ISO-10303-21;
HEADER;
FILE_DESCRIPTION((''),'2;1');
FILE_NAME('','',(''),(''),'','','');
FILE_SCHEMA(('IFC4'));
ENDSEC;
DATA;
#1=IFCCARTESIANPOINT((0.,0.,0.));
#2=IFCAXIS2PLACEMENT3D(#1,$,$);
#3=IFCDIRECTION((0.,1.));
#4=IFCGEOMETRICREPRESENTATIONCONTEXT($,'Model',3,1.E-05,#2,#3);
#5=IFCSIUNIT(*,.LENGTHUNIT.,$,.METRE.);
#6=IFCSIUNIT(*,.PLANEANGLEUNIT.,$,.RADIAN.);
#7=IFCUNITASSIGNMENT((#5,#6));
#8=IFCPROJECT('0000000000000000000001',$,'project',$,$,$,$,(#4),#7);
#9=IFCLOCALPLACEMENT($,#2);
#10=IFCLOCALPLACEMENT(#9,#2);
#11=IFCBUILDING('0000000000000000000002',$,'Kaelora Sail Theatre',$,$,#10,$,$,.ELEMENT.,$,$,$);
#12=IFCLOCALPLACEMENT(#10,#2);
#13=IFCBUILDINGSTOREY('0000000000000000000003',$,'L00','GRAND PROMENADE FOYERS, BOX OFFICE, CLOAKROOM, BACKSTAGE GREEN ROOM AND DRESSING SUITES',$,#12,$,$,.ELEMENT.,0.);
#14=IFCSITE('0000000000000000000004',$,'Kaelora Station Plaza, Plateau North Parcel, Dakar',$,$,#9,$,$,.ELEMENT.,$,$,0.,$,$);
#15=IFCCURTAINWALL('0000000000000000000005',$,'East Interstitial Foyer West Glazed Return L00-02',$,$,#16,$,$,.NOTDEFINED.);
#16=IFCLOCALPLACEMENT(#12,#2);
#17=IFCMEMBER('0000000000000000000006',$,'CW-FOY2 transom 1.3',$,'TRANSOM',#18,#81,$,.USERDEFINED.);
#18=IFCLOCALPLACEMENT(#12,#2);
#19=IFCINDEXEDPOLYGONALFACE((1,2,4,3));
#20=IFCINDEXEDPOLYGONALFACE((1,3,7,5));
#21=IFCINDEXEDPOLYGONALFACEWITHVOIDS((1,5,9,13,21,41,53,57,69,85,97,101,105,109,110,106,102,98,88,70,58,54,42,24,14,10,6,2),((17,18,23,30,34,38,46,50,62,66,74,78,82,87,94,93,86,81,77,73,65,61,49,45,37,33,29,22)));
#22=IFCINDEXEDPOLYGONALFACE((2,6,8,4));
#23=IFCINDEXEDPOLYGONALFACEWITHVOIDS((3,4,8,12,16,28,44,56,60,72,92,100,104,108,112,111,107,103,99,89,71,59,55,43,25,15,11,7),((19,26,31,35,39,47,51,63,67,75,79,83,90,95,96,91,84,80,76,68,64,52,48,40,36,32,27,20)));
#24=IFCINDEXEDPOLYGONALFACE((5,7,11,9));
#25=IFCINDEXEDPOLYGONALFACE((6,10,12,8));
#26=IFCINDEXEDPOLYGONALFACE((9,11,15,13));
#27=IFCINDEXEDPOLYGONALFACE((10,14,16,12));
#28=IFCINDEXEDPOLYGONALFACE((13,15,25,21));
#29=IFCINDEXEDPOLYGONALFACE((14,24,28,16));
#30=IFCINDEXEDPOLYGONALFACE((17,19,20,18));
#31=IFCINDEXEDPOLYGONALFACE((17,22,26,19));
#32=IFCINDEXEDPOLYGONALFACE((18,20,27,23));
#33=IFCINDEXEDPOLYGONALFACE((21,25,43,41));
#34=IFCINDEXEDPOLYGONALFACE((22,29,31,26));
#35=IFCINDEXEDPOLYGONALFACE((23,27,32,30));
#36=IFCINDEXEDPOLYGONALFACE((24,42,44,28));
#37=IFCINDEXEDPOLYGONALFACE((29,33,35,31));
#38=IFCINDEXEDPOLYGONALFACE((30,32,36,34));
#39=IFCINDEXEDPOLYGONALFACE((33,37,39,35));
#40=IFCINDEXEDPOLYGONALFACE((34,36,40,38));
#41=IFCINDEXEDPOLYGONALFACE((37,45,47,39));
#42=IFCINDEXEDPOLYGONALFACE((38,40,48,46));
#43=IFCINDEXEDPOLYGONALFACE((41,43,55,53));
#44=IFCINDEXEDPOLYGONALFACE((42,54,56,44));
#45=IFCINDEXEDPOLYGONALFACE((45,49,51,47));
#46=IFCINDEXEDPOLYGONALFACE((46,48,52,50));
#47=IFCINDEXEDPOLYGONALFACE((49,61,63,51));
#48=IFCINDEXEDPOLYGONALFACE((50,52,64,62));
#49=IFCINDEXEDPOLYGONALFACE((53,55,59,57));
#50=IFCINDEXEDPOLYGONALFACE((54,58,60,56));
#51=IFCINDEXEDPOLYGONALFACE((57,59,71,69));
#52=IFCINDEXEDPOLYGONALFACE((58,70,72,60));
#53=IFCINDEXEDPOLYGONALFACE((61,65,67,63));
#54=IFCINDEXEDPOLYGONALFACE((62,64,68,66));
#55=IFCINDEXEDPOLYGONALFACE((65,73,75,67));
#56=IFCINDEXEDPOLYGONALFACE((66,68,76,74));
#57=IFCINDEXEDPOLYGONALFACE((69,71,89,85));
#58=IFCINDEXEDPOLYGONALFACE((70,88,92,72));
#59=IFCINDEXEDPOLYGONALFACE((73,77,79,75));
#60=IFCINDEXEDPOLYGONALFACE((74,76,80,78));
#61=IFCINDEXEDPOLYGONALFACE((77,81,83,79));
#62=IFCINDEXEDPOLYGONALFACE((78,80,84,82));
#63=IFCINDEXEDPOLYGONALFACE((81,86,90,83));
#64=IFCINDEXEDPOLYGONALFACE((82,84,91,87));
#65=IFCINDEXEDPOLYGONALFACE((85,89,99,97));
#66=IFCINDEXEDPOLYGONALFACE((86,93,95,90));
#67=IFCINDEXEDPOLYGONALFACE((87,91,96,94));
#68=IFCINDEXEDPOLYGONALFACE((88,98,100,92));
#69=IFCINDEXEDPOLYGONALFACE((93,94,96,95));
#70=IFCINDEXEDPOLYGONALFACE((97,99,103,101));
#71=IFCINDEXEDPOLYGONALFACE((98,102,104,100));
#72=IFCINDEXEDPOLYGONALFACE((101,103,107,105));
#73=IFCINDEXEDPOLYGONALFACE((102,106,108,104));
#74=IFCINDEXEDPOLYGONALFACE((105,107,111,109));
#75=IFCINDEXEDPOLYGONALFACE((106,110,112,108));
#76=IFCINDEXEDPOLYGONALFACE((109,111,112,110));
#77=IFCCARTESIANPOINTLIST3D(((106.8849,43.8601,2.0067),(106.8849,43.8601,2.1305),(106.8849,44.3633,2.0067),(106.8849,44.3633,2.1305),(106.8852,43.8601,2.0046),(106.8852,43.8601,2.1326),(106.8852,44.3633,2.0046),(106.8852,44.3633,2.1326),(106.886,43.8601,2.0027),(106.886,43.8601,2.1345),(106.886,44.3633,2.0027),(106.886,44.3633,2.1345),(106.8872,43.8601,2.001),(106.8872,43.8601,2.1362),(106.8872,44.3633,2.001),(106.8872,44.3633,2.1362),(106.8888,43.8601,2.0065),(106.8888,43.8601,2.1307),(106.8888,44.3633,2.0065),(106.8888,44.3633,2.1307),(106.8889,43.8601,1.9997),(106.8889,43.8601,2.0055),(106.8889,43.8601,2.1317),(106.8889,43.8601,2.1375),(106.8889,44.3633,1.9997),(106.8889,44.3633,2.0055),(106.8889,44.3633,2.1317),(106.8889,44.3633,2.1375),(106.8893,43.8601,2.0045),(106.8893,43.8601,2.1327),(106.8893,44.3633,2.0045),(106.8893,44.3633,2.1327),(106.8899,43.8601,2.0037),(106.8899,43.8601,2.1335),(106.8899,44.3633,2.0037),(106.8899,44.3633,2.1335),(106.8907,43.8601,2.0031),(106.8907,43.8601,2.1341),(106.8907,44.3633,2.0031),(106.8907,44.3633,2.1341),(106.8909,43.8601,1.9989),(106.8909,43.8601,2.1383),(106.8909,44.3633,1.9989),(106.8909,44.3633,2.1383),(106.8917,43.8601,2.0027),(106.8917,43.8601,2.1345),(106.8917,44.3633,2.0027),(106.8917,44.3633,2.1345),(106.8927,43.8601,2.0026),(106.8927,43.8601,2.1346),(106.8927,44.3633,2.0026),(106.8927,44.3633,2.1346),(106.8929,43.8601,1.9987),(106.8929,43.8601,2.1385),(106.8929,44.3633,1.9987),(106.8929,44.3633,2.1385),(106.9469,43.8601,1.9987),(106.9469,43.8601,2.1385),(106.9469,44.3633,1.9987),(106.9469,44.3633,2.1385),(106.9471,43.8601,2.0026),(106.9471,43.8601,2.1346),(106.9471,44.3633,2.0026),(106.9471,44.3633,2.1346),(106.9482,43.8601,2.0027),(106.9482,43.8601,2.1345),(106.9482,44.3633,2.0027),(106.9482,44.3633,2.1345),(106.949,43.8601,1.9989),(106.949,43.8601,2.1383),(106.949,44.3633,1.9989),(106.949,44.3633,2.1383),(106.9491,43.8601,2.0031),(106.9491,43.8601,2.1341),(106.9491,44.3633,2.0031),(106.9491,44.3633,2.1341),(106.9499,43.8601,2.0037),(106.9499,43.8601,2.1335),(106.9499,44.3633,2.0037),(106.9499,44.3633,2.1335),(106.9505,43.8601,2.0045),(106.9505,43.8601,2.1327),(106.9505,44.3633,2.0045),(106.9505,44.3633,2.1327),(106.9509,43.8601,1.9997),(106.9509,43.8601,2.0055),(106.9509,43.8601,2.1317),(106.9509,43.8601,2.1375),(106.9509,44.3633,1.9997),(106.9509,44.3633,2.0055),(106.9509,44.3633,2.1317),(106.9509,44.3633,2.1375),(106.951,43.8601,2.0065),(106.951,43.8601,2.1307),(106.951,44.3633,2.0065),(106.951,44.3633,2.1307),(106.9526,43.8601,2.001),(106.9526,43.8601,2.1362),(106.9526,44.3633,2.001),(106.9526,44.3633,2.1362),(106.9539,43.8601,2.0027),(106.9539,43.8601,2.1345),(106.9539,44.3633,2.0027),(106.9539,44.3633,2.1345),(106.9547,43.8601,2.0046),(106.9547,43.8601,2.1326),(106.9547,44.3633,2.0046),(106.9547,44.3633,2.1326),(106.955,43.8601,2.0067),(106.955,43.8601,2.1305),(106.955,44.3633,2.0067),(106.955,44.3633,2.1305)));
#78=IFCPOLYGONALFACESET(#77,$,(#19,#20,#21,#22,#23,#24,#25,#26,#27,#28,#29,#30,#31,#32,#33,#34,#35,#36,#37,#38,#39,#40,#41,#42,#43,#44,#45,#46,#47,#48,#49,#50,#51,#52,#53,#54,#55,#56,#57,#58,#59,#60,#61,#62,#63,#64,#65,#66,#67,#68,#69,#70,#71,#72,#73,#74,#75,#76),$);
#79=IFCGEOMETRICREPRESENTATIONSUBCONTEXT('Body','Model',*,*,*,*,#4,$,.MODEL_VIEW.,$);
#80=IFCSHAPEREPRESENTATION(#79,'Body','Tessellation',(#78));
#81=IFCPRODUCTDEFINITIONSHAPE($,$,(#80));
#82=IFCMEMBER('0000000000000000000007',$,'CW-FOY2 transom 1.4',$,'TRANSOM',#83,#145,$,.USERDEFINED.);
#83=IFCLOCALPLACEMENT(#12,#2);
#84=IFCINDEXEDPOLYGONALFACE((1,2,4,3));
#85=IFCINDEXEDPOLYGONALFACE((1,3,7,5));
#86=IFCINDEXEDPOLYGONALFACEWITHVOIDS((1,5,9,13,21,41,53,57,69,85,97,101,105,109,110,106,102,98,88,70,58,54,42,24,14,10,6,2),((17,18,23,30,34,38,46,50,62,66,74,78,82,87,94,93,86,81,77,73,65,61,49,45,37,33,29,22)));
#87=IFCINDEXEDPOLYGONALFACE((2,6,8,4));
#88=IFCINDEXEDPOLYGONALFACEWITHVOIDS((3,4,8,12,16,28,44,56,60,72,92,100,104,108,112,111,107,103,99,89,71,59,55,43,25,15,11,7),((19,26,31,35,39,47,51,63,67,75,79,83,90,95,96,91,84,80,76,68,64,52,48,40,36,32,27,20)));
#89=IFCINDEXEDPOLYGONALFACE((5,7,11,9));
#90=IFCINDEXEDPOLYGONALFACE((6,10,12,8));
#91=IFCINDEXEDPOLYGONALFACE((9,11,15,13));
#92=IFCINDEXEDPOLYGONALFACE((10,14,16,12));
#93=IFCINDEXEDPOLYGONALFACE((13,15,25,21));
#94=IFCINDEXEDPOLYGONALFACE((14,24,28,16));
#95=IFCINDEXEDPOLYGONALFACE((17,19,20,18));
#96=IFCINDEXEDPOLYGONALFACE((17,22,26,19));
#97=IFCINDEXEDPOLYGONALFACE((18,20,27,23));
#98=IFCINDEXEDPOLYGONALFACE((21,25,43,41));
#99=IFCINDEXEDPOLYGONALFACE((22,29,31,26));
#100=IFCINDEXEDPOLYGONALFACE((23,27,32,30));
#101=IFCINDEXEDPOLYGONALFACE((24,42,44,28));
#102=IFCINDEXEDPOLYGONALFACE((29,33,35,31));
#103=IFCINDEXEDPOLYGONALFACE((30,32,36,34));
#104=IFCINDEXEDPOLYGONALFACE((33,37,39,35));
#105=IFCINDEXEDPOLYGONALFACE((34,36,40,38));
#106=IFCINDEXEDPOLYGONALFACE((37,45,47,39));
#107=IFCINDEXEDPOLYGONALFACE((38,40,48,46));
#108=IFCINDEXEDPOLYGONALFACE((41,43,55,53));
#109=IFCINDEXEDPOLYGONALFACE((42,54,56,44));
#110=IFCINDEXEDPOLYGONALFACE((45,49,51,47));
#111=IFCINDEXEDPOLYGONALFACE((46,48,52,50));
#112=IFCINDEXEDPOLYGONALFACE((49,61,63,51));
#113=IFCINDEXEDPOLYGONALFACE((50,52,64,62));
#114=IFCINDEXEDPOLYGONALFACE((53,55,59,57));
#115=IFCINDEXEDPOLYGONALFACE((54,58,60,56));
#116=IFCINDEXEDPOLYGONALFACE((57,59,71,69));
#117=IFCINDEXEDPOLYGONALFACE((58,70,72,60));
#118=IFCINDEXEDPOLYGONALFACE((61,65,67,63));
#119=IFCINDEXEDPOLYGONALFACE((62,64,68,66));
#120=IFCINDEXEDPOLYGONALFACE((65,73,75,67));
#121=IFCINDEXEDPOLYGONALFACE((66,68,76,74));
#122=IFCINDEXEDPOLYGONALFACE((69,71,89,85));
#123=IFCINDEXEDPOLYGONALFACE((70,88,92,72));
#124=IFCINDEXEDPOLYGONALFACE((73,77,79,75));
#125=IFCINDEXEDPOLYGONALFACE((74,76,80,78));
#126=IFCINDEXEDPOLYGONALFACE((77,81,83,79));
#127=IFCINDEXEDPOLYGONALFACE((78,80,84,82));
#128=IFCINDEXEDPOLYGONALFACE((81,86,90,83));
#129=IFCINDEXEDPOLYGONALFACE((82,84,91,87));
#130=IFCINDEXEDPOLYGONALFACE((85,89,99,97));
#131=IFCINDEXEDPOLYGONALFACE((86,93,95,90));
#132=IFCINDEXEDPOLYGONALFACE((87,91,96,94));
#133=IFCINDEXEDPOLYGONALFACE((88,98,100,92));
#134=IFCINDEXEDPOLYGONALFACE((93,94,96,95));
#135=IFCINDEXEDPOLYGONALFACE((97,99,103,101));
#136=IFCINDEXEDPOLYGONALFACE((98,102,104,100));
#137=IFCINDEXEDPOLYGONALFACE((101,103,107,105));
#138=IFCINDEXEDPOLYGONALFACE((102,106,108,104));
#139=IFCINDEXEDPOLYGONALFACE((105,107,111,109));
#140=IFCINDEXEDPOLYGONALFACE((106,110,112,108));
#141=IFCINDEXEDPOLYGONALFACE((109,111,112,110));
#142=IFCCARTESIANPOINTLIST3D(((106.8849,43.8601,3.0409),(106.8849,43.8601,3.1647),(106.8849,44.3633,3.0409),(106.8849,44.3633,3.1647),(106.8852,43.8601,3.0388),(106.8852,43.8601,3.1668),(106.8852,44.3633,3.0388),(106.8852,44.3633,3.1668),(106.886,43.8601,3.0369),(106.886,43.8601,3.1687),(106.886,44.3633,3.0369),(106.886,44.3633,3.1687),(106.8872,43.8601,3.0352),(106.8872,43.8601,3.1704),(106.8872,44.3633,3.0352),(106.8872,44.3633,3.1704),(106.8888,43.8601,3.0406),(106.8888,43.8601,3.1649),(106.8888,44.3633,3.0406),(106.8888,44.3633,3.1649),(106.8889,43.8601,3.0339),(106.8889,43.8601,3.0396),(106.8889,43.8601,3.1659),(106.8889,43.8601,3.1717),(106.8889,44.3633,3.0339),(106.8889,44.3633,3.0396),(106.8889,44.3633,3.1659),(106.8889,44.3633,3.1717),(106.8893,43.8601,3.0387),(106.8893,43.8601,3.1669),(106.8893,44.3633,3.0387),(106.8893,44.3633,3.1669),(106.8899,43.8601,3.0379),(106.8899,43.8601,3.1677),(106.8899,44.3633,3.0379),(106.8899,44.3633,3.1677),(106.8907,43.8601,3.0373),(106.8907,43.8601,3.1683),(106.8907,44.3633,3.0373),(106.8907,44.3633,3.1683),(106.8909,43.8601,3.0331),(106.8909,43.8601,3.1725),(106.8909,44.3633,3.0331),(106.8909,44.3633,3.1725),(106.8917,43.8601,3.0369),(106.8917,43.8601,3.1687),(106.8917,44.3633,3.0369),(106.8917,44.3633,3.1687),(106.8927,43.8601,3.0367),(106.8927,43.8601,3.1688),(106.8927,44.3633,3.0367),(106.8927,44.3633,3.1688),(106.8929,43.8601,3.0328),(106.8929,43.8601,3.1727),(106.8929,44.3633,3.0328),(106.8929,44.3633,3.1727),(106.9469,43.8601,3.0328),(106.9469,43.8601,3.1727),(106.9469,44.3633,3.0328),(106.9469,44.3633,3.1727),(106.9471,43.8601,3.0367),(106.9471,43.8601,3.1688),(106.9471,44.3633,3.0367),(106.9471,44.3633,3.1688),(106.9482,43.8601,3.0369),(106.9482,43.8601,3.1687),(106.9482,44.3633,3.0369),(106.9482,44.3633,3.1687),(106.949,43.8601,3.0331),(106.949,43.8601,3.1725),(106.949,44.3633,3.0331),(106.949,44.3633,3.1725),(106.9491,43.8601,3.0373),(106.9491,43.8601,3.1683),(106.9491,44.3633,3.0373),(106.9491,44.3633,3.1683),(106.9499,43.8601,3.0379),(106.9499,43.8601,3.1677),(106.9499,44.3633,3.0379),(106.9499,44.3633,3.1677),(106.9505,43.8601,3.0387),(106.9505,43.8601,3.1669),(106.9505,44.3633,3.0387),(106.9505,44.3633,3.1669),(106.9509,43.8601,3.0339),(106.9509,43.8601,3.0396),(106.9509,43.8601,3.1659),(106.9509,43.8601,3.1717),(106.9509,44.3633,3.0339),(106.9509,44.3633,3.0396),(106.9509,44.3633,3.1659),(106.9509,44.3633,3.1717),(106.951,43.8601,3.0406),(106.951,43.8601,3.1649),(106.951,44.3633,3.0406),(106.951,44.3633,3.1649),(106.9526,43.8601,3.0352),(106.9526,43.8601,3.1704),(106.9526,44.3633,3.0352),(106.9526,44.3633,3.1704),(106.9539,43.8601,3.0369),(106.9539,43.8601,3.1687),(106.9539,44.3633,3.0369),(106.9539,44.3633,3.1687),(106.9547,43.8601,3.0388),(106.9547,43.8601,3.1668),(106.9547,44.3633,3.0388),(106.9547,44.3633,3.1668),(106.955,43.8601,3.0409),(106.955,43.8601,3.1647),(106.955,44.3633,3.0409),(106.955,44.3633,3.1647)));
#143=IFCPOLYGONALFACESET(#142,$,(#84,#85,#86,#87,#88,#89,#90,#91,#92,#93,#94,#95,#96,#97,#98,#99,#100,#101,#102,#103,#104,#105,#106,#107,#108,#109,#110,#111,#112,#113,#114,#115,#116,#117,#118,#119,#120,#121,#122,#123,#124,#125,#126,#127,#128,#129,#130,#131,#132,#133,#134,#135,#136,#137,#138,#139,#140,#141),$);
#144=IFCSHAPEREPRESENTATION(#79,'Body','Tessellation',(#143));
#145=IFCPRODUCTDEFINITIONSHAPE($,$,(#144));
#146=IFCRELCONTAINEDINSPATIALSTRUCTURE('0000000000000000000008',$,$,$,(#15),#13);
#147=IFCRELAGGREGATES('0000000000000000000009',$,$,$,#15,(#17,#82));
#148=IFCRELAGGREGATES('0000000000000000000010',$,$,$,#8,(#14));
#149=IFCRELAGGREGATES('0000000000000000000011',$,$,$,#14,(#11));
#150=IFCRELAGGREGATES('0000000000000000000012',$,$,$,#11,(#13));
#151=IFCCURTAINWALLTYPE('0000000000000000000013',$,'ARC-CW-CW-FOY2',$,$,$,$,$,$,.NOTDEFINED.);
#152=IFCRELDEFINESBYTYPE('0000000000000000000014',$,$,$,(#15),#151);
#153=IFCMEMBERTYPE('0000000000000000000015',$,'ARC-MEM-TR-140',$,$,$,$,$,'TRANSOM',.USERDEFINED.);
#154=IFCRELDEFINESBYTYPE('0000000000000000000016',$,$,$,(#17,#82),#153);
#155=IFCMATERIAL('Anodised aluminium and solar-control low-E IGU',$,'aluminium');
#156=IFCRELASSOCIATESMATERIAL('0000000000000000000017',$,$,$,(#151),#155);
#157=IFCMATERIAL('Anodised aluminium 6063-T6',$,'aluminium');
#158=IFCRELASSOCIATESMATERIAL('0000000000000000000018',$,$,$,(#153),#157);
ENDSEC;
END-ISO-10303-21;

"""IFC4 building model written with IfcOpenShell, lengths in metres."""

from ifc_helpers import new_model, si_unit, direction, frame, origin, origin_2d, place, context, subcontext, project, spatial, hollow_rectangle, extrude, material, material_profile, profile_set, type_object, element, aggregate, save


model = new_model("IFC4")

# Units and contexts
model_context = context("Model", 3, precision=1e-05, world=origin(), true_north=direction((0.0, 1.0)))
body_context = subcontext(model_context, "Body", "Model", "MODEL_VIEW")
ifc_project = project(units=[si_unit("LENGTHUNIT", "METRE"), si_unit("PLANEANGLEUNIT", "RADIAN")], contexts=[model_context])

# Site, building, storey
site_placement = place(None, origin())
site = spatial("IfcSite", under=ifc_project, at=site_placement, Name="Kaelora Station Plaza, Plateau North Parcel, Dakar", CompositionType="ELEMENT", RefElevation=0.0)
building_placement = place(site_placement, origin())
building = spatial("IfcBuilding", under=site, at=building_placement, Name="Kaelora Sail Theatre", CompositionType="ELEMENT")
storey_placement = place(building_placement, origin())
storey = spatial("IfcBuildingStorey", under=building, at=storey_placement, Name="L00", Description="GRAND PROMENADE FOYERS, BOX OFFICE, CLOAKROOM, BACKSTAGE GREEN ROOM AND DRESSING SUITES", CompositionType="ELEMENT", Elevation=0.0)

# Curtain wall, members
ifc_material_1 = material(Name="Anodised aluminium and solar-control low-E IGU", Category="aluminium")
curtain_wall_type = type_object("IfcCurtainWallType", Name="ARC-CW-CW-FOY2", PredefinedType="NOTDEFINED", material=ifc_material_1)
curtain_wall_1_placement = place(storey_placement, origin())
curtain_wall_1 = element("IfcCurtainWall", 1, at=curtain_wall_1_placement, inside=storey, type_object=curtain_wall_type, Name="East Interstitial Foyer West Glazed Return L00-02", PredefinedType="NOTDEFINED")
ifc_material_2 = material(Name="Anodised aluminium 6063-T6", Category="aluminium")
ifc_material_profile = material_profile(ifc_material_2, hollow_rectangle(XDim=0.0701, YDim=0.1399, WallThickness=0.0039, InnerFilletRadius=0.0039, OuterFilletRadius=0.0081, at=origin_2d()), Name="ALU-TRAN 70x140x4")
ifc_profile_set = profile_set([ifc_material_profile], Name="Anodised aluminium 6063-T6")
member_type = type_object("IfcMemberType", Name="ARC-MEM-TR-140", ElementType="TRANSOM", PredefinedType="USERDEFINED", material=ifc_profile_set)
member_1_placement = place(storey_placement, frame((106.9199, 43.8601, 2.0686), z_axis=(0.0, 1.0, 0.0), x_axis=(-1.0, 0.0, 0.0)))
member_1 = element("IfcMember", 2, at=member_1_placement, type_object=member_type, Name="CW-FOY2 transom 1.3", ObjectType="TRANSOM", PredefinedType="USERDEFINED", context=body_context, shape_type="SweptSolid", body=[
    extrude(hollow_rectangle(XDim=0.0701, YDim=0.1399, WallThickness=0.0039, InnerFilletRadius=0.0039, OuterFilletRadius=0.0081, at=origin_2d()), origin(), (0.0, 0.0, 1.0), 0.5032),
])
member_2_placement = place(storey_placement, frame((106.9199, 43.8601, 3.1028), z_axis=(0.0, 1.0, 0.0), x_axis=(-1.0, 0.0, 0.0)))
member_2 = element("IfcMember", 3, at=member_2_placement, type_object=member_type, Name="CW-FOY2 transom 1.4", ObjectType="TRANSOM", PredefinedType="USERDEFINED", context=body_context, shape_type="SweptSolid", body=[
    extrude(hollow_rectangle(XDim=0.0701, YDim=0.1399, WallThickness=0.0039, InnerFilletRadius=0.0039, OuterFilletRadius=0.0081, at=origin_2d()), origin(), (0.0, 0.0, 1.0), 0.5032),
])

aggregate(curtain_wall_1, [member_1, member_2])

save(model, "model.ifc")
